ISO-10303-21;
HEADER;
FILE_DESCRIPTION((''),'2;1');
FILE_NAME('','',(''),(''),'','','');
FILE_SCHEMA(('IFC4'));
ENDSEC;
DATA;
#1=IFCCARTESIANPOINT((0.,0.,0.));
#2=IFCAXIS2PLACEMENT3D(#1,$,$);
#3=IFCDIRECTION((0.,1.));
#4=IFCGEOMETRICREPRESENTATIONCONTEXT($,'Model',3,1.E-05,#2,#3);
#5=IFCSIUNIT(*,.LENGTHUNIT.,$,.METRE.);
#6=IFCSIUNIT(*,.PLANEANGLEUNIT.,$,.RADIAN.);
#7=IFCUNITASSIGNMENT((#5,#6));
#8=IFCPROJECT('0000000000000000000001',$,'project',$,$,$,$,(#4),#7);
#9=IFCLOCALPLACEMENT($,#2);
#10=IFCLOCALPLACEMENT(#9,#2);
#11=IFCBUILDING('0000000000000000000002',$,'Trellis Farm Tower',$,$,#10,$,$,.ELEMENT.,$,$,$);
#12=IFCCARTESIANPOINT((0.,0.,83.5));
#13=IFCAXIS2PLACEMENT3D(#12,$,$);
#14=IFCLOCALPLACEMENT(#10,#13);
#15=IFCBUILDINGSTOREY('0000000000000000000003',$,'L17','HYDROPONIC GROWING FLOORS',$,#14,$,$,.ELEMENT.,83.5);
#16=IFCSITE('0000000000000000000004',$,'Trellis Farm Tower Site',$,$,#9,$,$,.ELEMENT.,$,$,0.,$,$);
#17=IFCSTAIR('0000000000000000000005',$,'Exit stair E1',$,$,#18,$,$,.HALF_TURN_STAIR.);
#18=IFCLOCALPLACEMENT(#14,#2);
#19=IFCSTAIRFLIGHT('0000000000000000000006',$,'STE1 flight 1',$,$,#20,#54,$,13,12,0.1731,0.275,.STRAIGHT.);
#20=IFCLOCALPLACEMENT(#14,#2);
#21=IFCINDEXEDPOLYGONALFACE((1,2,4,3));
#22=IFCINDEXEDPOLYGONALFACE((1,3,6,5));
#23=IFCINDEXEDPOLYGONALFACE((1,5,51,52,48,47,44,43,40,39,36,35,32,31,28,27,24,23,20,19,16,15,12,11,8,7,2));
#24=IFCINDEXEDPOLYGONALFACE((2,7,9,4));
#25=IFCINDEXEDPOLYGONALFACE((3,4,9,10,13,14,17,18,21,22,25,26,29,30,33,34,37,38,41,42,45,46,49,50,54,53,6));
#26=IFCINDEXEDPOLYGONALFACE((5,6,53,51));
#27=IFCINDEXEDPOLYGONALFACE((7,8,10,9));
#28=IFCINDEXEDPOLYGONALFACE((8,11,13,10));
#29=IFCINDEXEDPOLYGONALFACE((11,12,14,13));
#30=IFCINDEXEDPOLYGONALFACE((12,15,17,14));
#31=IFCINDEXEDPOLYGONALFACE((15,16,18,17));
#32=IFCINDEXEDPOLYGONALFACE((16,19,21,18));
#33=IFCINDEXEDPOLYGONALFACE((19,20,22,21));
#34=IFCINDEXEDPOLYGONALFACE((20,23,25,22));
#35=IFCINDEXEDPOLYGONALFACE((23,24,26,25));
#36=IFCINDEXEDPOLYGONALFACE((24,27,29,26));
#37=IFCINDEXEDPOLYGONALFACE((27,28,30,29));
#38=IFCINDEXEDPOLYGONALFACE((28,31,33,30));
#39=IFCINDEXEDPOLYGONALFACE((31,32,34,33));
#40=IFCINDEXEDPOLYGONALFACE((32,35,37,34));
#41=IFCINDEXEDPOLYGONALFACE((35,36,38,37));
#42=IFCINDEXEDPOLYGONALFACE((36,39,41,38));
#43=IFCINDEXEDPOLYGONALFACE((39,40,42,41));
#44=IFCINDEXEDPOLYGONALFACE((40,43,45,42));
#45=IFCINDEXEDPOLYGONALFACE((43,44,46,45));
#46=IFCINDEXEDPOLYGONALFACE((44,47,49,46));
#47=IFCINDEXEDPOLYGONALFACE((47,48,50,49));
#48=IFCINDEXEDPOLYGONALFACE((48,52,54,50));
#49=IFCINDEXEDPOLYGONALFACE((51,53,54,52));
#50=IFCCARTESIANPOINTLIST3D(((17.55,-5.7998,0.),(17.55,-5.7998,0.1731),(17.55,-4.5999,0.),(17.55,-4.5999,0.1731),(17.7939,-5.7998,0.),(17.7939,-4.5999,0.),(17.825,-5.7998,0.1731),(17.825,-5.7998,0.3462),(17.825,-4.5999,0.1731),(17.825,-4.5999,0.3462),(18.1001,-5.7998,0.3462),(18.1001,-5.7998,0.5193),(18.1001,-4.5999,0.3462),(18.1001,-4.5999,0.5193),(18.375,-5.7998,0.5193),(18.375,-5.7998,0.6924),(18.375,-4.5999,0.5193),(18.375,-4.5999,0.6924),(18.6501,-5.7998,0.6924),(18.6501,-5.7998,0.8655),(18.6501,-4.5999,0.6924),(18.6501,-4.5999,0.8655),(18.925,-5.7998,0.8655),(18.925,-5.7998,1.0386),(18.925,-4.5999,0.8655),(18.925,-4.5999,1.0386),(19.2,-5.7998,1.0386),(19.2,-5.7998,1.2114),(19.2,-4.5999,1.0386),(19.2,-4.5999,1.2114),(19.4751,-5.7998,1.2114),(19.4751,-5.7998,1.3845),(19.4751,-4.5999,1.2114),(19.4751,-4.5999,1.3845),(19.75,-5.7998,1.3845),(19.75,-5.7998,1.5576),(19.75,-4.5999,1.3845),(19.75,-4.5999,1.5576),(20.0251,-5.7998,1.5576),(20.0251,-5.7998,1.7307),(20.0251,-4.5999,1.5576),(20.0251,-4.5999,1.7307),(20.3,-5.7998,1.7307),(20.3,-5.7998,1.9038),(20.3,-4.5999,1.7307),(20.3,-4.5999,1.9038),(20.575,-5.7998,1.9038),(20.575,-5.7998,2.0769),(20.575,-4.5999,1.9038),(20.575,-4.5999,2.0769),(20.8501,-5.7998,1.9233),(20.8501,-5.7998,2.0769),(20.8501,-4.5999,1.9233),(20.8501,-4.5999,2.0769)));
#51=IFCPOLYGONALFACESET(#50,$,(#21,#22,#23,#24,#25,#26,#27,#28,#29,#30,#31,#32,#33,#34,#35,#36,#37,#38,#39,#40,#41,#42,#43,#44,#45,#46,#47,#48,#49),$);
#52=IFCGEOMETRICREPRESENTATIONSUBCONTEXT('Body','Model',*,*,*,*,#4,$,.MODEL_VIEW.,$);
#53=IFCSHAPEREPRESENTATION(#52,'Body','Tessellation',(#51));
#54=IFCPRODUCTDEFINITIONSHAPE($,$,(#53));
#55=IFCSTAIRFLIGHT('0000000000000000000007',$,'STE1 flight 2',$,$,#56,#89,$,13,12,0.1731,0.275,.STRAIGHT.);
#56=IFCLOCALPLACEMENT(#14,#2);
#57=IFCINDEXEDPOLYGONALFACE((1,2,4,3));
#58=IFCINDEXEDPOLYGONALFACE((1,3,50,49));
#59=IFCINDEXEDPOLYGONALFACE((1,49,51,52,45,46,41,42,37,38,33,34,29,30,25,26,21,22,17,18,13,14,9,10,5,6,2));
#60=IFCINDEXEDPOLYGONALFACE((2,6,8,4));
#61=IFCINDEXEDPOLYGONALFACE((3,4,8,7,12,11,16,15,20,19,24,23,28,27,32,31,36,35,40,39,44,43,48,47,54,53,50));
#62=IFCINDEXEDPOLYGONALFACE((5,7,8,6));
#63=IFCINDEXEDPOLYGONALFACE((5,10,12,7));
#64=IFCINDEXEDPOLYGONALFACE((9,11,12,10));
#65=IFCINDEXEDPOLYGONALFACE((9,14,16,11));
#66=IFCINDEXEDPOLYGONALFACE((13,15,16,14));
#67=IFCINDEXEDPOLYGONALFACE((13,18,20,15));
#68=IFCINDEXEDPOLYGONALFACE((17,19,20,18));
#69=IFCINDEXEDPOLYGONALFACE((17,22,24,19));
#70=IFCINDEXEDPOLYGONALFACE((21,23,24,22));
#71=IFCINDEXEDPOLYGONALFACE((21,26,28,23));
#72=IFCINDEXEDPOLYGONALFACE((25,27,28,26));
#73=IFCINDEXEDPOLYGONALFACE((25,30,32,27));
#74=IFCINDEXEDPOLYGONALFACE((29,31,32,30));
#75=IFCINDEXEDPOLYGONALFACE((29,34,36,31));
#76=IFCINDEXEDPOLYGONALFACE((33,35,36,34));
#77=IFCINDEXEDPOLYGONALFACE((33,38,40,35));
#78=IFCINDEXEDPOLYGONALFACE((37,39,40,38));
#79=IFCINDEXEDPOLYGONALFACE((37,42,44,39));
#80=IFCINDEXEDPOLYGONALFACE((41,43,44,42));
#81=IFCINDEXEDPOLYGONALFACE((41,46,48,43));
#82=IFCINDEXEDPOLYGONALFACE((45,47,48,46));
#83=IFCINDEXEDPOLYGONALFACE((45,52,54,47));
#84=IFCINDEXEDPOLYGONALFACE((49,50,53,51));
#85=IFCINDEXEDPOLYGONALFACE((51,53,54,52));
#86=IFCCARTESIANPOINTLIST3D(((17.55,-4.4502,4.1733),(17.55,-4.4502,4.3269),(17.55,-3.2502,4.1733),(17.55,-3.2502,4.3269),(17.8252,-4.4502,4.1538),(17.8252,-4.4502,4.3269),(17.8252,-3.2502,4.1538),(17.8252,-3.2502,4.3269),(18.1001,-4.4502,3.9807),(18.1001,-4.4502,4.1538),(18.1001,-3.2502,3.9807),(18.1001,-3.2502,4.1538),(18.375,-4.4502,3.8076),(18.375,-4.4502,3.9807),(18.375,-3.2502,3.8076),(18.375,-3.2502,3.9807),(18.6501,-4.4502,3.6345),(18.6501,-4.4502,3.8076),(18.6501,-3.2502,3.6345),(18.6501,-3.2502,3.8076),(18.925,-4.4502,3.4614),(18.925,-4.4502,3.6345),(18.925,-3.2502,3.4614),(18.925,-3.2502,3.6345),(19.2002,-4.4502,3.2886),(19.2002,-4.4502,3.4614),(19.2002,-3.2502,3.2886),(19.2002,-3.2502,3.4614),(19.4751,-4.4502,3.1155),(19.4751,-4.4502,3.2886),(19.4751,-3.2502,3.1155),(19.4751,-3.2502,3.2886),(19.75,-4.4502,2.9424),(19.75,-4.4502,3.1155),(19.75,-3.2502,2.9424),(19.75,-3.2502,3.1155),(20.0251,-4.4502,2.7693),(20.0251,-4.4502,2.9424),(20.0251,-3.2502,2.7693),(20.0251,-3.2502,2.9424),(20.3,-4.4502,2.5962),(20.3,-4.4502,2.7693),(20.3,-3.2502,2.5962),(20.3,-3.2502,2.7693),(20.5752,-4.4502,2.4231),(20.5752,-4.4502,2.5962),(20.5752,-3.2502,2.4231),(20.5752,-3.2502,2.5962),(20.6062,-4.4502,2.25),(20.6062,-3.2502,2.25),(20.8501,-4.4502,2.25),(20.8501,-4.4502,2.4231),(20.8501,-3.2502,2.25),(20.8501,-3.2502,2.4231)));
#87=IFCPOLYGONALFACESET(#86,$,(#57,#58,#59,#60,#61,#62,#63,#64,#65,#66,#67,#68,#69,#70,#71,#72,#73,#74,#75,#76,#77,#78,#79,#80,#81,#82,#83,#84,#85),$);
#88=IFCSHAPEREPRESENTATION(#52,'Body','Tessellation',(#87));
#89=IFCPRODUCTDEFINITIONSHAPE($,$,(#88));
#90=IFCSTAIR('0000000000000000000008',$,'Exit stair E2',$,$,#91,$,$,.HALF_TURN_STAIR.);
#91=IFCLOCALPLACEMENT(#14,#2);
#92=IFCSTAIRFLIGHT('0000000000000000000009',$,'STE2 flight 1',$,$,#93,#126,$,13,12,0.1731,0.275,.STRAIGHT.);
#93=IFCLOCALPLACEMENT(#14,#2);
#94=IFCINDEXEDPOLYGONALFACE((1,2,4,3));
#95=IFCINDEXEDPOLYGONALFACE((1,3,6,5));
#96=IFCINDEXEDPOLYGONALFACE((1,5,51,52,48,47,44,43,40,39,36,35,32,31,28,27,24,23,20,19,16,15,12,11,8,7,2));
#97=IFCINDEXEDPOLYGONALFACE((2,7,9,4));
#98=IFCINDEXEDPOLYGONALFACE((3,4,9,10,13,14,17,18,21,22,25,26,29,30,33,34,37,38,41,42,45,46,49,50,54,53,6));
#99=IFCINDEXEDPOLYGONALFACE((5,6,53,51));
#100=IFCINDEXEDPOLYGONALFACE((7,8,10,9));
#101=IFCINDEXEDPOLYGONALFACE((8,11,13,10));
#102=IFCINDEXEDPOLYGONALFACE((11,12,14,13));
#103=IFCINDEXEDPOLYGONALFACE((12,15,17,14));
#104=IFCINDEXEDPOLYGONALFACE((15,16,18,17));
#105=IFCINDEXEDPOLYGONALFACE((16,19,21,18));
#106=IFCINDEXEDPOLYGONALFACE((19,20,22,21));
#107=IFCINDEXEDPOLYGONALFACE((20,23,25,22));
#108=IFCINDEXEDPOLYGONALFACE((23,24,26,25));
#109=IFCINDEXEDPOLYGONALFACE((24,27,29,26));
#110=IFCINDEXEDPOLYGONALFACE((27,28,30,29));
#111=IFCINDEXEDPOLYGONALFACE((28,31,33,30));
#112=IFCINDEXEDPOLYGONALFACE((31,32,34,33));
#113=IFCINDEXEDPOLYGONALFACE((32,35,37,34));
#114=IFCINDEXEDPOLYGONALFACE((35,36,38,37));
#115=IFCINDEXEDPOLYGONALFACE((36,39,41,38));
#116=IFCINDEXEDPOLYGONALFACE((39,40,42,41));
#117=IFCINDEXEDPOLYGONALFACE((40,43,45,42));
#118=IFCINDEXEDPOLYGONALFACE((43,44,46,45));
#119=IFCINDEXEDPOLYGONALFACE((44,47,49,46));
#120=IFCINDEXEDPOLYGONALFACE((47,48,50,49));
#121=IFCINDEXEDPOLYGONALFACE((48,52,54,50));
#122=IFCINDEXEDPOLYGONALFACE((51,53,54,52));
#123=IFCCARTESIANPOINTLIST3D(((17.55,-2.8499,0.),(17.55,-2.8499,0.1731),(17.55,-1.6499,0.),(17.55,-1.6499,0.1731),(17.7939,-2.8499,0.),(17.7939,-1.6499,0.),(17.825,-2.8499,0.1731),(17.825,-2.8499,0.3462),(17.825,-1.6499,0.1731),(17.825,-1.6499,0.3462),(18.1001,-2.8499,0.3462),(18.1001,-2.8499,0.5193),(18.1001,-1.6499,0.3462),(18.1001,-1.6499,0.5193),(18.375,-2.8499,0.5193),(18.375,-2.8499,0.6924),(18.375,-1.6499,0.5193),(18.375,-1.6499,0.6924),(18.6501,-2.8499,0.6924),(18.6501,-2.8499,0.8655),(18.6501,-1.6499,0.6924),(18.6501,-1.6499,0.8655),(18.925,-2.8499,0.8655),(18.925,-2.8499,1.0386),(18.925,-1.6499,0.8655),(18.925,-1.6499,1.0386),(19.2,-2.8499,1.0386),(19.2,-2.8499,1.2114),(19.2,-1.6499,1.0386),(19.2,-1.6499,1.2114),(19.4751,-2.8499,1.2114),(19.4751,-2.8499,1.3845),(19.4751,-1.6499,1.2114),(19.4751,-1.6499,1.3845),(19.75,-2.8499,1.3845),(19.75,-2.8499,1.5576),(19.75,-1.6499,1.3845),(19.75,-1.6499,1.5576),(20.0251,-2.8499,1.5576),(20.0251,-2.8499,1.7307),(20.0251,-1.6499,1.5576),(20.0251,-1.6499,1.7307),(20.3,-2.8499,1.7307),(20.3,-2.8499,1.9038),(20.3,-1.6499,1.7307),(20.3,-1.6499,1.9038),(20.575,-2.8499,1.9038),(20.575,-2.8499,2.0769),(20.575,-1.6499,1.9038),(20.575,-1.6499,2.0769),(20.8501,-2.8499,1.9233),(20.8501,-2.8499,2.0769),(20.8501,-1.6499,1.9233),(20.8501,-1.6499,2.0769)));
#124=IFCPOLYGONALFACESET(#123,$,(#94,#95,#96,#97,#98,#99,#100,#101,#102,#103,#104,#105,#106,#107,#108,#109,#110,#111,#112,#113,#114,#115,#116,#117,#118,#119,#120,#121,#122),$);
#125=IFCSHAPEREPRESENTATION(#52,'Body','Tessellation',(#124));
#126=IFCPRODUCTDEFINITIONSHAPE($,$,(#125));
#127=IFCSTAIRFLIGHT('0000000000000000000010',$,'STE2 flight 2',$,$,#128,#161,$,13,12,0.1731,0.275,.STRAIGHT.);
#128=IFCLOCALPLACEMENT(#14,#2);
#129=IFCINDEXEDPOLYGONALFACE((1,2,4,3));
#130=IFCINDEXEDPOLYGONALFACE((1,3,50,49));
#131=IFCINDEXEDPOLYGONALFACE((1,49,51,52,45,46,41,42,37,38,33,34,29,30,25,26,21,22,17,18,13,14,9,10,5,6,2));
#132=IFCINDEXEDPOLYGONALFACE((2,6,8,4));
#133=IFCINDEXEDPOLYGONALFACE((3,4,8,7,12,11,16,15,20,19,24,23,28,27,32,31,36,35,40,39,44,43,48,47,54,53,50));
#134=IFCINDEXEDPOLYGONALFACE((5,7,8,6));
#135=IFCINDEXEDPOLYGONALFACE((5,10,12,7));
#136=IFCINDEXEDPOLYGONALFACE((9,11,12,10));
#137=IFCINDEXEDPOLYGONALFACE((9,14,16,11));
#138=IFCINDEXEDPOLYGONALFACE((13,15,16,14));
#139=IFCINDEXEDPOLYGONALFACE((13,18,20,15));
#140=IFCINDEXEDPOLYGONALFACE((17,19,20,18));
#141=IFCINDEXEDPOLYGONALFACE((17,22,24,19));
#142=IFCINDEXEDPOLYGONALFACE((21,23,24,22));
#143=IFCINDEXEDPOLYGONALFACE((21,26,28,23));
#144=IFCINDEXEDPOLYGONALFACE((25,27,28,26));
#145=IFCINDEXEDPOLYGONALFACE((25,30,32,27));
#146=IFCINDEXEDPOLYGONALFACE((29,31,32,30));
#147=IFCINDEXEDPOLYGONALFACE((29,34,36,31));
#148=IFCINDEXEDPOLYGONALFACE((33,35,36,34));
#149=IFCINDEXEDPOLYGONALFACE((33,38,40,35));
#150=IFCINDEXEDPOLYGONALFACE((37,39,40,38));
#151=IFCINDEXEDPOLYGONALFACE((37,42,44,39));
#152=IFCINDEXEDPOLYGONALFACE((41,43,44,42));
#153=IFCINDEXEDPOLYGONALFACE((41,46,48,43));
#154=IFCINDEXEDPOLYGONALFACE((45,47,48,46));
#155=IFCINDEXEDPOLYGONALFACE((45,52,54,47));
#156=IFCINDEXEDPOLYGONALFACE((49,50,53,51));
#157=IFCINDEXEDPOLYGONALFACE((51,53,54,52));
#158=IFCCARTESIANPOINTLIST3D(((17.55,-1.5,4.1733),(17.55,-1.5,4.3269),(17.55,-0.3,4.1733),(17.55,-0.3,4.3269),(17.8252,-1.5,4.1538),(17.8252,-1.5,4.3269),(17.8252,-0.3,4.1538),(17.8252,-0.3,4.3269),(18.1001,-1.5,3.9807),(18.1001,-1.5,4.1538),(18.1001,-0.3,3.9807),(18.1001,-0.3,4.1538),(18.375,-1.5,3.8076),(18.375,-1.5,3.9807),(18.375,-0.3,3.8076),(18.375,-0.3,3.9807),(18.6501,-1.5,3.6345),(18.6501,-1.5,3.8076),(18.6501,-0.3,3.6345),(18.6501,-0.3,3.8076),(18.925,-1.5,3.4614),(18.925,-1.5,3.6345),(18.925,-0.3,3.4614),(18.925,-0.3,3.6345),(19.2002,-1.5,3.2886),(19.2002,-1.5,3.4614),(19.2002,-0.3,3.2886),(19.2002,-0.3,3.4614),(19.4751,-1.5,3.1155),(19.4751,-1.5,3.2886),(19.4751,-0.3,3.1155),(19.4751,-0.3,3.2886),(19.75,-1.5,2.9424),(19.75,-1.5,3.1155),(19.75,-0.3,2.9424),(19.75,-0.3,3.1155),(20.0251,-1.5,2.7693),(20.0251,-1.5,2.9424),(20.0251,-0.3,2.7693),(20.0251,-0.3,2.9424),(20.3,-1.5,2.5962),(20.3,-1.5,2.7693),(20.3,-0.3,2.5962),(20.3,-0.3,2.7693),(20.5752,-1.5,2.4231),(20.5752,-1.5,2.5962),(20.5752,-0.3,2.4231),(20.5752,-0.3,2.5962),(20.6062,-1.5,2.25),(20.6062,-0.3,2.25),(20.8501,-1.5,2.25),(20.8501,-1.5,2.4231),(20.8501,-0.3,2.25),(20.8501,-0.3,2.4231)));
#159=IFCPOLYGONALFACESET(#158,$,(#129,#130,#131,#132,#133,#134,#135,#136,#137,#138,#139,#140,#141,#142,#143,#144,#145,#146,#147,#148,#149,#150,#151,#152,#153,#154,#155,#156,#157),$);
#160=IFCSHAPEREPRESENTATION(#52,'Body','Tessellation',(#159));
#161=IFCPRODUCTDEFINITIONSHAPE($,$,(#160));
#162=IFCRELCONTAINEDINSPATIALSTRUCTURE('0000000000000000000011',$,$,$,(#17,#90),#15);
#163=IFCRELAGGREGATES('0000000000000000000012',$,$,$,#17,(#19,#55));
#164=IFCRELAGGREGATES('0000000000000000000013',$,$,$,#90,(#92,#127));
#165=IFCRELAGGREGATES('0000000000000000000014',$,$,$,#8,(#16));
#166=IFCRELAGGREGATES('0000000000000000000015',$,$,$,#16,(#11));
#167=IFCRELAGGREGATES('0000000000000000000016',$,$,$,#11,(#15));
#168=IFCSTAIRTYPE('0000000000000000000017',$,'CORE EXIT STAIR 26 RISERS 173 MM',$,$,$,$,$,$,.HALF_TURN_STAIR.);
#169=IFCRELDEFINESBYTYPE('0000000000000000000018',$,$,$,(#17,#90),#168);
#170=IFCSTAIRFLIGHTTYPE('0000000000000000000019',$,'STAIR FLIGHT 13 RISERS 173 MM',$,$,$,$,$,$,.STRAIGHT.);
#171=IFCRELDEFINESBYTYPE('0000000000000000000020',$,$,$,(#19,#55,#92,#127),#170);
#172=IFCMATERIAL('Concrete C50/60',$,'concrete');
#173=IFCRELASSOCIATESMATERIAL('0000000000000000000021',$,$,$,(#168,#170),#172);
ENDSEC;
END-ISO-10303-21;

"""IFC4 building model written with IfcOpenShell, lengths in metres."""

from ifc_helpers import new_model, si_unit, direction, frame, origin, place, context, subcontext, project, spatial, polyline, outline, extrude, source, transform, mapped, material, type_object, element, aggregate, save


model = new_model("IFC4")

# Units and contexts
model_context = context("Model", 3, precision=1e-05, world=origin(), true_north=direction((0.0, 1.0)))
body_context = subcontext(model_context, "Body", "Model", "MODEL_VIEW")
ifc_project = project(units=[si_unit("LENGTHUNIT", "METRE"), si_unit("PLANEANGLEUNIT", "RADIAN")], contexts=[model_context])

# Site, building, storey
site_placement = place(None, origin())
site = spatial("IfcSite", under=ifc_project, at=site_placement, Name="Trellis Farm Tower Site", CompositionType="ELEMENT", RefElevation=0.0)
building_placement = place(site_placement, origin())
building = spatial("IfcBuilding", under=site, at=building_placement, Name="Trellis Farm Tower", CompositionType="ELEMENT")
storey_placement = place(building_placement, frame((0.0, 0.0, 83.5)))
storey = spatial("IfcBuildingStorey", under=building, at=storey_placement, Name="L17", Description="HYDROPONIC GROWING FLOORS", CompositionType="ELEMENT", Elevation=83.5)

# Shared definitions
placement = place(storey_placement, origin())

# Stairs, stair flights
ifc_material_1 = material(Name="Concrete C50/60", Category="concrete")
stair_type = type_object("IfcStairType", Name="CORE EXIT STAIR 26 RISERS 173 MM", PredefinedType="HALF_TURN_STAIR", material=ifc_material_1)
stair_1 = element("IfcStair", 1, at=placement, inside=storey, type_object=stair_type, Name="Exit stair E1", PredefinedType="HALF_TURN_STAIR")
stair_flight_type = type_object("IfcStairFlightType", Name="STAIR FLIGHT 13 RISERS 173 MM", PredefinedType="STRAIGHT", material=ifc_material_1)
shared_shape_1 = source(origin(), body_context, "Body", "SweptSolid", [
    extrude(outline(polyline([(0.0, 0.0), (0.0, 0.1731), (0.2749, 0.1731), (0.2749, 0.3462), (0.55, 0.3462), (0.55, 0.5193), (0.825, 0.5193), (0.825, 0.6924), (1.1001, 0.6924), (1.1001, 0.8655), (1.375, 0.8655), (1.375, 1.0386), (1.6499, 1.0386), (1.6499, 1.2114), (1.925, 1.2114), (1.925, 1.3845), (2.2, 1.3845), (2.2, 1.5576), (2.4751, 1.5576), (2.4751, 1.7307), (2.75, 1.7307), (2.75, 1.9038), (3.0249, 1.9038), (3.0249, 2.0769), (3.3, 2.0769), (3.3, 2.25), (3.3, 1.9233), (0.2439, 0.0), (0.0, 0.0)])), frame((0.0, 0.6001, 0.0), z_axis=(0.0, -1.0, 0.0), x_axis=(1.0, 0.0, 0.0)), (0.0, 0.0, 1.0), 1.2),
])
stair_flight_1_placement = place(storey_placement, frame((17.55, -5.2, 0.0), z_axis=(0.0, 0.0, 1.0), x_axis=(1.0, 0.0, 0.0)))
stair_flight_1 = element("IfcStairFlight", 2, at=stair_flight_1_placement, type_object=stair_flight_type, Name="STE1 flight 1", NumberOfRisers=13, NumberOfTreads=12, PredefinedType="STRAIGHT", RiserHeight=0.1731, TreadLength=0.275, context=body_context, shape_type="MappedRepresentation", body=[
    mapped(shared_shape_1, transform((0.0, 0.0, 0.0))),
])
stair_flight_2_placement = place(storey_placement, frame((20.8501, -3.8501, 2.25), z_axis=(0.0, 0.0, 1.0), x_axis=(-1.0, 0.0, 0.0)))
stair_flight_2 = element("IfcStairFlight", 3, at=stair_flight_2_placement, type_object=stair_flight_type, Name="STE1 flight 2", NumberOfRisers=13, NumberOfTreads=12, PredefinedType="STRAIGHT", RiserHeight=0.1731, TreadLength=0.275, context=body_context, shape_type="MappedRepresentation", body=[
    mapped(shared_shape_1, transform((0.0, 0.0, 0.0))),
])
aggregate(stair_1, [stair_flight_1, stair_flight_2])
stair_2 = element("IfcStair", 4, at=placement, inside=storey, type_object=stair_type, Name="Exit stair E2", PredefinedType="HALF_TURN_STAIR")
stair_flight_3_placement = place(storey_placement, frame((17.55, -2.25, 0.0), z_axis=(0.0, 0.0, 1.0), x_axis=(1.0, 0.0, 0.0)))
stair_flight_3 = element("IfcStairFlight", 5, at=stair_flight_3_placement, type_object=stair_flight_type, Name="STE2 flight 1", NumberOfRisers=13, NumberOfTreads=12, PredefinedType="STRAIGHT", RiserHeight=0.1731, TreadLength=0.275, context=body_context, shape_type="MappedRepresentation", body=[
    mapped(shared_shape_1, transform((0.0, 0.0, 0.0))),
])
stair_flight_4_placement = place(storey_placement, frame((20.8501, -0.8999, 2.25), z_axis=(0.0, 0.0, 1.0), x_axis=(-1.0, 0.0, 0.0)))
stair_flight_4 = element("IfcStairFlight", 6, at=stair_flight_4_placement, type_object=stair_flight_type, Name="STE2 flight 2", NumberOfRisers=13, NumberOfTreads=12, PredefinedType="STRAIGHT", RiserHeight=0.1731, TreadLength=0.275, context=body_context, shape_type="MappedRepresentation", body=[
    mapped(shared_shape_1, transform((0.0, 0.0, 0.0))),
])
aggregate(stair_2, [stair_flight_3, stair_flight_4])

save(model, "model.ifc")
